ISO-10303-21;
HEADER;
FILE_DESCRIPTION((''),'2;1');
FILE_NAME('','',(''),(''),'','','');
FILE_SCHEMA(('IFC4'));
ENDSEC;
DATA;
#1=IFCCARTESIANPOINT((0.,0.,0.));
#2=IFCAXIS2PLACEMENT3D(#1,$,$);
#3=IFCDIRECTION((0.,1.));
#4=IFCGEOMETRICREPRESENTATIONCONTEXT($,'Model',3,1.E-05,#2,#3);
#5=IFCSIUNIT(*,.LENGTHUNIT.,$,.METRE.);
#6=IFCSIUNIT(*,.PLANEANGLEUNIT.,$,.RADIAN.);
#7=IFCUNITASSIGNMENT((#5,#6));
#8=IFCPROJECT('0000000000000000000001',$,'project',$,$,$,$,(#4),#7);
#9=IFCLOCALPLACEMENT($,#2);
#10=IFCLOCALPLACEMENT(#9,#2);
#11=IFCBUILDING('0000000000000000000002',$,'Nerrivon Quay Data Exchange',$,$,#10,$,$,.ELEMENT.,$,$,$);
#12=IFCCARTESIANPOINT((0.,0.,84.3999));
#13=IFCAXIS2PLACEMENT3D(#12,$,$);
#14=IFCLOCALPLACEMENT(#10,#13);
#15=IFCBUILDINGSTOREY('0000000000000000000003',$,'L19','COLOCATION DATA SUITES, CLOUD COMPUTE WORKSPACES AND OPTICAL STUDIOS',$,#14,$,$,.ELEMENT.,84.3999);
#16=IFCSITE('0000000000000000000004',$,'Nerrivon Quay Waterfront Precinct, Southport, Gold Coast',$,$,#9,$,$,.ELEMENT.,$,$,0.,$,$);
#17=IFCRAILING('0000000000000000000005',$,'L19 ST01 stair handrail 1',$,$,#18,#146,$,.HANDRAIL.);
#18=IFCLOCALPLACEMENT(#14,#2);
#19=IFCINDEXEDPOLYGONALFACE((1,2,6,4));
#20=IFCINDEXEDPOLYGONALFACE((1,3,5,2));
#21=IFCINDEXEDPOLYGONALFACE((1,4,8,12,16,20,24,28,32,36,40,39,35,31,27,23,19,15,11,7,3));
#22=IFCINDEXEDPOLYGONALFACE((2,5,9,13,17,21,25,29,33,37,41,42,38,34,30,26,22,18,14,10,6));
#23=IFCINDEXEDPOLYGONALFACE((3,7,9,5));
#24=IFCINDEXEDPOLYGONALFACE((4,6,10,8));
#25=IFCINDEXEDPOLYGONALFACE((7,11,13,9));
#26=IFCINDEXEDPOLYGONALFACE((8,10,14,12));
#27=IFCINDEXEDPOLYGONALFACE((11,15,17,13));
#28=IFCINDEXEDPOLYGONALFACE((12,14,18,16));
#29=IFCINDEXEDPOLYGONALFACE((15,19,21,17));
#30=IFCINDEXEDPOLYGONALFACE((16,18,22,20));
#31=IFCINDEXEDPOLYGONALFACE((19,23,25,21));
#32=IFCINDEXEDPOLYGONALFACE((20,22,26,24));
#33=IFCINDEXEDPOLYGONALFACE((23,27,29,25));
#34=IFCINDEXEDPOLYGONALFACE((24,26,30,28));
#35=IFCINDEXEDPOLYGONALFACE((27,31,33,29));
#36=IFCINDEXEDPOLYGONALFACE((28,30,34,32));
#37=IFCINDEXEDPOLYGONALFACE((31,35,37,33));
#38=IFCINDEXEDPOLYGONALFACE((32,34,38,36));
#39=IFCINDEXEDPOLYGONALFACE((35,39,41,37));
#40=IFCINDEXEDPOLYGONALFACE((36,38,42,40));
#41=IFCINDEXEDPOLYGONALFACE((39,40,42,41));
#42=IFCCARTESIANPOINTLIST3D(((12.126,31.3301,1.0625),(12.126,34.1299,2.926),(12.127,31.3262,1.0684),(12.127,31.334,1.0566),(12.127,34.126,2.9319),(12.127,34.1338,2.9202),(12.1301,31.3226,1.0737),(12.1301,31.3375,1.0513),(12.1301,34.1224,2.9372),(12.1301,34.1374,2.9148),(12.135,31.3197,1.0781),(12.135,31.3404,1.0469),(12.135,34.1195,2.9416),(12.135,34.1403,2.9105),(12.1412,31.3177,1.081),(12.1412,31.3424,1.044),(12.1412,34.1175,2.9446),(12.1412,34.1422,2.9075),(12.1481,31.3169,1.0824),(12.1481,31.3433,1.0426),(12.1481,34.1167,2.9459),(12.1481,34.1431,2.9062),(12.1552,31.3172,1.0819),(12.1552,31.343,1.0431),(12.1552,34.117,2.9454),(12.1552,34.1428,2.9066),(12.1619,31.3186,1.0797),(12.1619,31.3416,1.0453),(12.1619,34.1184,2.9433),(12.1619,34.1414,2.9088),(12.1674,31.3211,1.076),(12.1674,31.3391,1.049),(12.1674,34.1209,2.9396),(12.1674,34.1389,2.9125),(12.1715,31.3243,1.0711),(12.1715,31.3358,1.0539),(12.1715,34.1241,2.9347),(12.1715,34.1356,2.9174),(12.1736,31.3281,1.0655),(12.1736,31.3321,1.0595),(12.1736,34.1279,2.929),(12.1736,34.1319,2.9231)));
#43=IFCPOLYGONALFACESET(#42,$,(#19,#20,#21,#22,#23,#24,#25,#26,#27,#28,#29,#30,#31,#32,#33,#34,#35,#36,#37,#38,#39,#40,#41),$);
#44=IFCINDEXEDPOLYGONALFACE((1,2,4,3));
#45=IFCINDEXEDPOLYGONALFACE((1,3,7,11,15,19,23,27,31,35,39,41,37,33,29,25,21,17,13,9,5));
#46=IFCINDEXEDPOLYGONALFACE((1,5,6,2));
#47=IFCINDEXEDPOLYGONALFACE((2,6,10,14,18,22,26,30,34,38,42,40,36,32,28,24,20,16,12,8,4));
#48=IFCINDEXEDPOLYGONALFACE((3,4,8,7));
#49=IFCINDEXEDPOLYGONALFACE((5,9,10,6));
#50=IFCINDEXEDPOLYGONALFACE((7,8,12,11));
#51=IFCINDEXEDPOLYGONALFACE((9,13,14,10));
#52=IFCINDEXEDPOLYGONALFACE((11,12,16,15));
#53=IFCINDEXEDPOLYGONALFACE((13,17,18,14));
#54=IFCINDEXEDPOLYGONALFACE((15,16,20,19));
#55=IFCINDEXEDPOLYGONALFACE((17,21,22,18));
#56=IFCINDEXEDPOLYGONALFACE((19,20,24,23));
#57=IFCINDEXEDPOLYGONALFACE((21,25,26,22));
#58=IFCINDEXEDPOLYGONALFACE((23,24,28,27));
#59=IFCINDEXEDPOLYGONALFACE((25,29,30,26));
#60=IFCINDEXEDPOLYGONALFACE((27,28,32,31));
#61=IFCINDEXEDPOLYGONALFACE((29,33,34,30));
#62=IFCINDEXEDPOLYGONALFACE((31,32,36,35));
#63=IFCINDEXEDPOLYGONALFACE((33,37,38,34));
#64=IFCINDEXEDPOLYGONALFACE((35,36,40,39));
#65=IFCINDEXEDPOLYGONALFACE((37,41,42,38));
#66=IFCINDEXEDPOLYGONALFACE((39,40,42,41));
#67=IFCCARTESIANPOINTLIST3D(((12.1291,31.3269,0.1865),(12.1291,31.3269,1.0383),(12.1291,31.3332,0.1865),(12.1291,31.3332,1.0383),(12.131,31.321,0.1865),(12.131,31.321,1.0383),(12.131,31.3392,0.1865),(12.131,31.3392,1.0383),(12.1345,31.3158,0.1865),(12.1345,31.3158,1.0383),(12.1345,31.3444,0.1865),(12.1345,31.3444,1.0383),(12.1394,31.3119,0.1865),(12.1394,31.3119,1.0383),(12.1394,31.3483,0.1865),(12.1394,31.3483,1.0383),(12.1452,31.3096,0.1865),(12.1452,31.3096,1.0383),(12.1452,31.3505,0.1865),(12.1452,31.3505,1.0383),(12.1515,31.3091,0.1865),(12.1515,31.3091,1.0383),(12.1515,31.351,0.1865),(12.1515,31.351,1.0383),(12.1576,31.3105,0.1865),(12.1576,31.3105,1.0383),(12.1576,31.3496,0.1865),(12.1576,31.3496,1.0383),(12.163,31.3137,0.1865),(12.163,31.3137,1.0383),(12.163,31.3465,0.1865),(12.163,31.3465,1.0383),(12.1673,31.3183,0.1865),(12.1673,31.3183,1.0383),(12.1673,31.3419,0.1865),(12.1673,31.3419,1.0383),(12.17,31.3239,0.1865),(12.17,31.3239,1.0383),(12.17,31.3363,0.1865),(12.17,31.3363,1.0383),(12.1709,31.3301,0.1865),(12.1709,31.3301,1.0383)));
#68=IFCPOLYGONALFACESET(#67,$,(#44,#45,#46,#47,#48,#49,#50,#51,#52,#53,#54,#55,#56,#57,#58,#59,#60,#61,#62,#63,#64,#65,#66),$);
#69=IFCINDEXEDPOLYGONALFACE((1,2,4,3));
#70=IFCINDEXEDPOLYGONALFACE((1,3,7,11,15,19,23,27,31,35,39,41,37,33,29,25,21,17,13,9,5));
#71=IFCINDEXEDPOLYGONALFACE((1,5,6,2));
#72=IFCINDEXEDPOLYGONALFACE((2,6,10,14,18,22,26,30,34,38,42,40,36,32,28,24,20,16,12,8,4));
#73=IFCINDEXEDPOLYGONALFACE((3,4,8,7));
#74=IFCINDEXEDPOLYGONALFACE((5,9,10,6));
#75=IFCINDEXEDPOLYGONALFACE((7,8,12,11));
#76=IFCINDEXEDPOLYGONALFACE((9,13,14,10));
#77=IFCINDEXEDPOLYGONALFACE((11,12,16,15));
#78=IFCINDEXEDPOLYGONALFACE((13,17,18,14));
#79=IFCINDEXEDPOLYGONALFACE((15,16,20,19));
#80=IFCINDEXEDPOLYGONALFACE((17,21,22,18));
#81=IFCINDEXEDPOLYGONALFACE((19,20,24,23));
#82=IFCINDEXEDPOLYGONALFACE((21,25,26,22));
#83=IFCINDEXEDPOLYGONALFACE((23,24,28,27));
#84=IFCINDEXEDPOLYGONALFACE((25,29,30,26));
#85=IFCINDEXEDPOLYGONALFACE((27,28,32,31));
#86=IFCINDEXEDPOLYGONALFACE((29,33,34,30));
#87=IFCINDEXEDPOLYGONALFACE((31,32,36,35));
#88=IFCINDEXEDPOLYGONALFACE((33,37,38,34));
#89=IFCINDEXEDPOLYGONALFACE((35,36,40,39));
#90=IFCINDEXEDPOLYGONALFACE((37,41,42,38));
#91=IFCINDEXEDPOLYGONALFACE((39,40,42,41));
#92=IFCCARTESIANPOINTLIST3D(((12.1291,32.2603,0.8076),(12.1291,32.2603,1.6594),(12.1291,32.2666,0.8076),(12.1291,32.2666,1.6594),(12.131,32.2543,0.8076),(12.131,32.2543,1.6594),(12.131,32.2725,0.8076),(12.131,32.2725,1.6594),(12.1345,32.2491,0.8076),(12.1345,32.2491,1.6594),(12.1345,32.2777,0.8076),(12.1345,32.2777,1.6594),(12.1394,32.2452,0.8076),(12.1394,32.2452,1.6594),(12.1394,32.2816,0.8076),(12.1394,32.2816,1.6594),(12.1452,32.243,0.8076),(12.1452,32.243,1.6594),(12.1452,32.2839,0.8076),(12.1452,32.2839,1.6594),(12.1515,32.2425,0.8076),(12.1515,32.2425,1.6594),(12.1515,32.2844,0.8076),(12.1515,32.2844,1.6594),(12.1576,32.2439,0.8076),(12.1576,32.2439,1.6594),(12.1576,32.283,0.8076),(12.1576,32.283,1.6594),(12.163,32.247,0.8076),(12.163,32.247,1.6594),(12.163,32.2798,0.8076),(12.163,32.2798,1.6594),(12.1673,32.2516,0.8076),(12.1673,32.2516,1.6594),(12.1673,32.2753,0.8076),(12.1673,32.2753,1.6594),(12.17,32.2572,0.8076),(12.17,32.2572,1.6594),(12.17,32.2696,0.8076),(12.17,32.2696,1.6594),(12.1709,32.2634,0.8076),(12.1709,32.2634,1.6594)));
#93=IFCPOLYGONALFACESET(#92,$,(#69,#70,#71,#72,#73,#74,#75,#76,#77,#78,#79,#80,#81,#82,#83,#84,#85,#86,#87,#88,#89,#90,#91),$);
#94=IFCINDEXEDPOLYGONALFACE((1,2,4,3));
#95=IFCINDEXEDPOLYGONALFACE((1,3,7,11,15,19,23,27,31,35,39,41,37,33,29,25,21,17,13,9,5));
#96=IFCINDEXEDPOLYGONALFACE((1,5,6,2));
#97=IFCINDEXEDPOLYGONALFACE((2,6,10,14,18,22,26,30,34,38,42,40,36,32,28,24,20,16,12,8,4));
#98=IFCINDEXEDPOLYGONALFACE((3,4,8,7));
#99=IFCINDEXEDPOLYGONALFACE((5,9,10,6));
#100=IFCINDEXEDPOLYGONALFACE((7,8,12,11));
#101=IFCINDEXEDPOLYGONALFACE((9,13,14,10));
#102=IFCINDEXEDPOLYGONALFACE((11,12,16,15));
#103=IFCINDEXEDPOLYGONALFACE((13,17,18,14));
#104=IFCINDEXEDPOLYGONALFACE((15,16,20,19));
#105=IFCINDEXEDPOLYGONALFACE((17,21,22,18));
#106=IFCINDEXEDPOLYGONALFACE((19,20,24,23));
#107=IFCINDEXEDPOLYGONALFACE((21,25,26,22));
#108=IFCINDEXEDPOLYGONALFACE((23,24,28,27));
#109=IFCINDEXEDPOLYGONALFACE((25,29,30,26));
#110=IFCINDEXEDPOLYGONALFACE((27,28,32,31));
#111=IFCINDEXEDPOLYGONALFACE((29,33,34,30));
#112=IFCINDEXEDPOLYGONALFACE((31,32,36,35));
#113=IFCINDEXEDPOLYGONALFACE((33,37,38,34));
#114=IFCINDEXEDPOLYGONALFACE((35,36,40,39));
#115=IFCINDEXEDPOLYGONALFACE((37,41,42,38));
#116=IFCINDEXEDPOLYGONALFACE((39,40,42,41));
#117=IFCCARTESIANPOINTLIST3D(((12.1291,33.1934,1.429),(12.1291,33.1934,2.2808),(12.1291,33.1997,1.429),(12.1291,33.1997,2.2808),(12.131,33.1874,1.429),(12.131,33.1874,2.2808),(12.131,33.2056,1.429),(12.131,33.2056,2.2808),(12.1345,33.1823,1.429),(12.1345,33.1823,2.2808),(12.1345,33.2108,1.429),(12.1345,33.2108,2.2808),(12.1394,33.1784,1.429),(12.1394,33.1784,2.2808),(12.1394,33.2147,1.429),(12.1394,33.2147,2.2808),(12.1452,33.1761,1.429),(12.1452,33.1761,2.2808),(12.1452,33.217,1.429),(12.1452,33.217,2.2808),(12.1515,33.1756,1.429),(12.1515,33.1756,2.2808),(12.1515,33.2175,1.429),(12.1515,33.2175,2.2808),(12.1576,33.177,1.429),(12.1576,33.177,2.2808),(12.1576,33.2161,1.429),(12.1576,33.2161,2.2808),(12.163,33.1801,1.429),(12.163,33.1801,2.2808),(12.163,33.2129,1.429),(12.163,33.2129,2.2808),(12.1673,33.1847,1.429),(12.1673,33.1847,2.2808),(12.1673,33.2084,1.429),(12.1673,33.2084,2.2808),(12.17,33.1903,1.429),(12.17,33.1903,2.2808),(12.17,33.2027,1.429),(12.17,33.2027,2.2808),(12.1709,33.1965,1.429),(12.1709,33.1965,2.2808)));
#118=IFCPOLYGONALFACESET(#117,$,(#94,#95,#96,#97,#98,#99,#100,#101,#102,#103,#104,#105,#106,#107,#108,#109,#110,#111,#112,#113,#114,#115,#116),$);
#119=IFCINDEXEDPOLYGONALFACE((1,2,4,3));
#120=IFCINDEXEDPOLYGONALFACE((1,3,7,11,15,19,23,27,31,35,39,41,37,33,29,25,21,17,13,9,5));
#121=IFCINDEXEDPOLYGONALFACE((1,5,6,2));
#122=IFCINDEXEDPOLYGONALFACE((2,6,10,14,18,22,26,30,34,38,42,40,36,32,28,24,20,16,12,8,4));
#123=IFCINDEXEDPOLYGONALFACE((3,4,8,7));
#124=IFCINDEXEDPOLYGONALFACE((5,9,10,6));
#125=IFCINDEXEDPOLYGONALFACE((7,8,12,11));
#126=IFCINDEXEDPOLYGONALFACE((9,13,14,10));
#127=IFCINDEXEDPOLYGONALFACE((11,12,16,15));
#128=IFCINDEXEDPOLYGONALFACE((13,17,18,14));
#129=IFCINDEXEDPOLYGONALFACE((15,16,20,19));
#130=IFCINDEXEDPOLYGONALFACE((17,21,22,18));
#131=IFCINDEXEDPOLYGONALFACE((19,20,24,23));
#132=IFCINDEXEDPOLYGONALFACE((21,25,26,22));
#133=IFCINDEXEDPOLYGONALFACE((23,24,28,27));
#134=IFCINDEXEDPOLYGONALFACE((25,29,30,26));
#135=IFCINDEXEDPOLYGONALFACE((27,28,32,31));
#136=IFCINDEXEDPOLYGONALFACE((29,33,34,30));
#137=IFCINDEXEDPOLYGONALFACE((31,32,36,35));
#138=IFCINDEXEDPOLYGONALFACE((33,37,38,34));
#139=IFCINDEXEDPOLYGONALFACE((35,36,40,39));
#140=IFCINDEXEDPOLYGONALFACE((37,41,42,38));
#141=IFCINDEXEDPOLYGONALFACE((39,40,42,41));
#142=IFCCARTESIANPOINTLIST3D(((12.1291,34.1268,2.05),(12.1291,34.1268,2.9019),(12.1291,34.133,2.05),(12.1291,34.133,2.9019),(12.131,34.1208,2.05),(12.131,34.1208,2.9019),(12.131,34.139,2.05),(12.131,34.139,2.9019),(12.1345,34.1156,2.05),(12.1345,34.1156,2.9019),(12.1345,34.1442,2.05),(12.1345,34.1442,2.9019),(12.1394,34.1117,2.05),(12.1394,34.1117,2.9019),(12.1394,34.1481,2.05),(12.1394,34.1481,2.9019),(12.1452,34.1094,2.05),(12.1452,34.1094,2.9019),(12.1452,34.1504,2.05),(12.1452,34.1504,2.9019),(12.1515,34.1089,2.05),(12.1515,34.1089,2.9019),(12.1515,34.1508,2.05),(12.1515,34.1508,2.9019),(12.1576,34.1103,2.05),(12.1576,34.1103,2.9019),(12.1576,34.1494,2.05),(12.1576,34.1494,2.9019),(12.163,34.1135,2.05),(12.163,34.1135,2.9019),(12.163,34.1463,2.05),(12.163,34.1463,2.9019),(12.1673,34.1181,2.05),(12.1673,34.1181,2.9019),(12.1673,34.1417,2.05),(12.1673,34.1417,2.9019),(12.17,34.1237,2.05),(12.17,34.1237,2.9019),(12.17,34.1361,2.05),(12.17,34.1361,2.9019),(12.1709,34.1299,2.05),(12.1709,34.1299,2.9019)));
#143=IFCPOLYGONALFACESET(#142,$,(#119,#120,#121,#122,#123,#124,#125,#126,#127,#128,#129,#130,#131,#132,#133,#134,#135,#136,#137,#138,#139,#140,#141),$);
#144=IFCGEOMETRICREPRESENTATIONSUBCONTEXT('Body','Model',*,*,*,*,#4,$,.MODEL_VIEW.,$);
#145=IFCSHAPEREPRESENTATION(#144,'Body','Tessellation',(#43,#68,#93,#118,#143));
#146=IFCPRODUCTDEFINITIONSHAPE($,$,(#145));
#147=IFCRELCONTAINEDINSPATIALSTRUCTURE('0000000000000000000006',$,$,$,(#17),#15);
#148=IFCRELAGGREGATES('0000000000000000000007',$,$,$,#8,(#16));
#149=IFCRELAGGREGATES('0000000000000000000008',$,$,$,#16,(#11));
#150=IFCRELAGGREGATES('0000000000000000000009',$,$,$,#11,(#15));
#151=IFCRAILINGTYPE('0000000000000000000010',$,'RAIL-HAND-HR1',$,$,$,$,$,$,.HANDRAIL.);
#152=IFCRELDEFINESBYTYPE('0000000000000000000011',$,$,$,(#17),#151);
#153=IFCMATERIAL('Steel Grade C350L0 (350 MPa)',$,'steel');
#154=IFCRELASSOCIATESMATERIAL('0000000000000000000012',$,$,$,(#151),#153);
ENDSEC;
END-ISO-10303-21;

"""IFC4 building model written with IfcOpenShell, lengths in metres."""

from ifc_helpers import new_model, si_unit, direction, frame, origin, origin_2d, place, context, subcontext, project, spatial, circle, extrude, material, type_object, element, save


model = new_model("IFC4")

# Units and contexts
model_context = context("Model", 3, precision=1e-05, world=origin(), true_north=direction((0.0, 1.0)))
body_context = subcontext(model_context, "Body", "Model", "MODEL_VIEW")
ifc_project = project(units=[si_unit("LENGTHUNIT", "METRE"), si_unit("PLANEANGLEUNIT", "RADIAN")], contexts=[model_context])

# Site, building, storey
site_placement = place(None, origin())
site = spatial("IfcSite", under=ifc_project, at=site_placement, Name="Nerrivon Quay Waterfront Precinct, Southport, Gold Coast", CompositionType="ELEMENT", RefElevation=0.0)
building_placement = place(site_placement, origin())
building = spatial("IfcBuilding", under=site, at=building_placement, Name="Nerrivon Quay Data Exchange", CompositionType="ELEMENT")
storey_placement = place(building_placement, frame((0.0, 0.0, 84.3999)))
storey = spatial("IfcBuildingStorey", under=building, at=storey_placement, Name="L19", Description="COLOCATION DATA SUITES, CLOUD COMPUTE WORKSPACES AND OPTICAL STUDIOS", CompositionType="ELEMENT", Elevation=84.3999)

# Railing
ifc_material_1 = material(Name="Steel Grade C350L0 (350 MPa)", Category="steel")
railing_type_1 = type_object("IfcRailingType", Name="RAIL-HAND-HR1", PredefinedType="HANDRAIL", material=ifc_material_1)
railing_1_placement = place(storey_placement, frame((12.1499, 31.3301, 0.1865)))
element("IfcRailing", 1, at=railing_1_placement, inside=storey, type_object=railing_type_1, Name="L19 ST01 stair handrail 1", PredefinedType="HANDRAIL", context=body_context, shape_type="SweptSolid", body=[
    extrude(circle(Radius=0.0239, at=origin_2d()), frame((0.0, 0.0, 0.876), z_axis=(0.0, 0.832463, 0.55408), x_axis=(-1.0, 0.0, 0.0)), (0.0, 0.0, 1.0), 3.3633),
    extrude(circle(Radius=0.021, at=origin_2d()), origin(), (0.0, 0.0, 1.0), 0.8518),
    extrude(circle(Radius=0.021, at=origin_2d()), frame((0.0, 0.9333, 0.6211)), (0.0, 0.0, 1.0), 0.8518),
    extrude(circle(Radius=0.021, at=origin_2d()), frame((0.0, 1.8665, 1.2424)), (0.0, 0.0, 1.0), 0.8518),
    extrude(circle(Radius=0.021, at=origin_2d()), frame((0.0, 2.7998, 1.8635)), (0.0, 0.0, 1.0), 0.8518),
])

save(model, "model.ifc")
